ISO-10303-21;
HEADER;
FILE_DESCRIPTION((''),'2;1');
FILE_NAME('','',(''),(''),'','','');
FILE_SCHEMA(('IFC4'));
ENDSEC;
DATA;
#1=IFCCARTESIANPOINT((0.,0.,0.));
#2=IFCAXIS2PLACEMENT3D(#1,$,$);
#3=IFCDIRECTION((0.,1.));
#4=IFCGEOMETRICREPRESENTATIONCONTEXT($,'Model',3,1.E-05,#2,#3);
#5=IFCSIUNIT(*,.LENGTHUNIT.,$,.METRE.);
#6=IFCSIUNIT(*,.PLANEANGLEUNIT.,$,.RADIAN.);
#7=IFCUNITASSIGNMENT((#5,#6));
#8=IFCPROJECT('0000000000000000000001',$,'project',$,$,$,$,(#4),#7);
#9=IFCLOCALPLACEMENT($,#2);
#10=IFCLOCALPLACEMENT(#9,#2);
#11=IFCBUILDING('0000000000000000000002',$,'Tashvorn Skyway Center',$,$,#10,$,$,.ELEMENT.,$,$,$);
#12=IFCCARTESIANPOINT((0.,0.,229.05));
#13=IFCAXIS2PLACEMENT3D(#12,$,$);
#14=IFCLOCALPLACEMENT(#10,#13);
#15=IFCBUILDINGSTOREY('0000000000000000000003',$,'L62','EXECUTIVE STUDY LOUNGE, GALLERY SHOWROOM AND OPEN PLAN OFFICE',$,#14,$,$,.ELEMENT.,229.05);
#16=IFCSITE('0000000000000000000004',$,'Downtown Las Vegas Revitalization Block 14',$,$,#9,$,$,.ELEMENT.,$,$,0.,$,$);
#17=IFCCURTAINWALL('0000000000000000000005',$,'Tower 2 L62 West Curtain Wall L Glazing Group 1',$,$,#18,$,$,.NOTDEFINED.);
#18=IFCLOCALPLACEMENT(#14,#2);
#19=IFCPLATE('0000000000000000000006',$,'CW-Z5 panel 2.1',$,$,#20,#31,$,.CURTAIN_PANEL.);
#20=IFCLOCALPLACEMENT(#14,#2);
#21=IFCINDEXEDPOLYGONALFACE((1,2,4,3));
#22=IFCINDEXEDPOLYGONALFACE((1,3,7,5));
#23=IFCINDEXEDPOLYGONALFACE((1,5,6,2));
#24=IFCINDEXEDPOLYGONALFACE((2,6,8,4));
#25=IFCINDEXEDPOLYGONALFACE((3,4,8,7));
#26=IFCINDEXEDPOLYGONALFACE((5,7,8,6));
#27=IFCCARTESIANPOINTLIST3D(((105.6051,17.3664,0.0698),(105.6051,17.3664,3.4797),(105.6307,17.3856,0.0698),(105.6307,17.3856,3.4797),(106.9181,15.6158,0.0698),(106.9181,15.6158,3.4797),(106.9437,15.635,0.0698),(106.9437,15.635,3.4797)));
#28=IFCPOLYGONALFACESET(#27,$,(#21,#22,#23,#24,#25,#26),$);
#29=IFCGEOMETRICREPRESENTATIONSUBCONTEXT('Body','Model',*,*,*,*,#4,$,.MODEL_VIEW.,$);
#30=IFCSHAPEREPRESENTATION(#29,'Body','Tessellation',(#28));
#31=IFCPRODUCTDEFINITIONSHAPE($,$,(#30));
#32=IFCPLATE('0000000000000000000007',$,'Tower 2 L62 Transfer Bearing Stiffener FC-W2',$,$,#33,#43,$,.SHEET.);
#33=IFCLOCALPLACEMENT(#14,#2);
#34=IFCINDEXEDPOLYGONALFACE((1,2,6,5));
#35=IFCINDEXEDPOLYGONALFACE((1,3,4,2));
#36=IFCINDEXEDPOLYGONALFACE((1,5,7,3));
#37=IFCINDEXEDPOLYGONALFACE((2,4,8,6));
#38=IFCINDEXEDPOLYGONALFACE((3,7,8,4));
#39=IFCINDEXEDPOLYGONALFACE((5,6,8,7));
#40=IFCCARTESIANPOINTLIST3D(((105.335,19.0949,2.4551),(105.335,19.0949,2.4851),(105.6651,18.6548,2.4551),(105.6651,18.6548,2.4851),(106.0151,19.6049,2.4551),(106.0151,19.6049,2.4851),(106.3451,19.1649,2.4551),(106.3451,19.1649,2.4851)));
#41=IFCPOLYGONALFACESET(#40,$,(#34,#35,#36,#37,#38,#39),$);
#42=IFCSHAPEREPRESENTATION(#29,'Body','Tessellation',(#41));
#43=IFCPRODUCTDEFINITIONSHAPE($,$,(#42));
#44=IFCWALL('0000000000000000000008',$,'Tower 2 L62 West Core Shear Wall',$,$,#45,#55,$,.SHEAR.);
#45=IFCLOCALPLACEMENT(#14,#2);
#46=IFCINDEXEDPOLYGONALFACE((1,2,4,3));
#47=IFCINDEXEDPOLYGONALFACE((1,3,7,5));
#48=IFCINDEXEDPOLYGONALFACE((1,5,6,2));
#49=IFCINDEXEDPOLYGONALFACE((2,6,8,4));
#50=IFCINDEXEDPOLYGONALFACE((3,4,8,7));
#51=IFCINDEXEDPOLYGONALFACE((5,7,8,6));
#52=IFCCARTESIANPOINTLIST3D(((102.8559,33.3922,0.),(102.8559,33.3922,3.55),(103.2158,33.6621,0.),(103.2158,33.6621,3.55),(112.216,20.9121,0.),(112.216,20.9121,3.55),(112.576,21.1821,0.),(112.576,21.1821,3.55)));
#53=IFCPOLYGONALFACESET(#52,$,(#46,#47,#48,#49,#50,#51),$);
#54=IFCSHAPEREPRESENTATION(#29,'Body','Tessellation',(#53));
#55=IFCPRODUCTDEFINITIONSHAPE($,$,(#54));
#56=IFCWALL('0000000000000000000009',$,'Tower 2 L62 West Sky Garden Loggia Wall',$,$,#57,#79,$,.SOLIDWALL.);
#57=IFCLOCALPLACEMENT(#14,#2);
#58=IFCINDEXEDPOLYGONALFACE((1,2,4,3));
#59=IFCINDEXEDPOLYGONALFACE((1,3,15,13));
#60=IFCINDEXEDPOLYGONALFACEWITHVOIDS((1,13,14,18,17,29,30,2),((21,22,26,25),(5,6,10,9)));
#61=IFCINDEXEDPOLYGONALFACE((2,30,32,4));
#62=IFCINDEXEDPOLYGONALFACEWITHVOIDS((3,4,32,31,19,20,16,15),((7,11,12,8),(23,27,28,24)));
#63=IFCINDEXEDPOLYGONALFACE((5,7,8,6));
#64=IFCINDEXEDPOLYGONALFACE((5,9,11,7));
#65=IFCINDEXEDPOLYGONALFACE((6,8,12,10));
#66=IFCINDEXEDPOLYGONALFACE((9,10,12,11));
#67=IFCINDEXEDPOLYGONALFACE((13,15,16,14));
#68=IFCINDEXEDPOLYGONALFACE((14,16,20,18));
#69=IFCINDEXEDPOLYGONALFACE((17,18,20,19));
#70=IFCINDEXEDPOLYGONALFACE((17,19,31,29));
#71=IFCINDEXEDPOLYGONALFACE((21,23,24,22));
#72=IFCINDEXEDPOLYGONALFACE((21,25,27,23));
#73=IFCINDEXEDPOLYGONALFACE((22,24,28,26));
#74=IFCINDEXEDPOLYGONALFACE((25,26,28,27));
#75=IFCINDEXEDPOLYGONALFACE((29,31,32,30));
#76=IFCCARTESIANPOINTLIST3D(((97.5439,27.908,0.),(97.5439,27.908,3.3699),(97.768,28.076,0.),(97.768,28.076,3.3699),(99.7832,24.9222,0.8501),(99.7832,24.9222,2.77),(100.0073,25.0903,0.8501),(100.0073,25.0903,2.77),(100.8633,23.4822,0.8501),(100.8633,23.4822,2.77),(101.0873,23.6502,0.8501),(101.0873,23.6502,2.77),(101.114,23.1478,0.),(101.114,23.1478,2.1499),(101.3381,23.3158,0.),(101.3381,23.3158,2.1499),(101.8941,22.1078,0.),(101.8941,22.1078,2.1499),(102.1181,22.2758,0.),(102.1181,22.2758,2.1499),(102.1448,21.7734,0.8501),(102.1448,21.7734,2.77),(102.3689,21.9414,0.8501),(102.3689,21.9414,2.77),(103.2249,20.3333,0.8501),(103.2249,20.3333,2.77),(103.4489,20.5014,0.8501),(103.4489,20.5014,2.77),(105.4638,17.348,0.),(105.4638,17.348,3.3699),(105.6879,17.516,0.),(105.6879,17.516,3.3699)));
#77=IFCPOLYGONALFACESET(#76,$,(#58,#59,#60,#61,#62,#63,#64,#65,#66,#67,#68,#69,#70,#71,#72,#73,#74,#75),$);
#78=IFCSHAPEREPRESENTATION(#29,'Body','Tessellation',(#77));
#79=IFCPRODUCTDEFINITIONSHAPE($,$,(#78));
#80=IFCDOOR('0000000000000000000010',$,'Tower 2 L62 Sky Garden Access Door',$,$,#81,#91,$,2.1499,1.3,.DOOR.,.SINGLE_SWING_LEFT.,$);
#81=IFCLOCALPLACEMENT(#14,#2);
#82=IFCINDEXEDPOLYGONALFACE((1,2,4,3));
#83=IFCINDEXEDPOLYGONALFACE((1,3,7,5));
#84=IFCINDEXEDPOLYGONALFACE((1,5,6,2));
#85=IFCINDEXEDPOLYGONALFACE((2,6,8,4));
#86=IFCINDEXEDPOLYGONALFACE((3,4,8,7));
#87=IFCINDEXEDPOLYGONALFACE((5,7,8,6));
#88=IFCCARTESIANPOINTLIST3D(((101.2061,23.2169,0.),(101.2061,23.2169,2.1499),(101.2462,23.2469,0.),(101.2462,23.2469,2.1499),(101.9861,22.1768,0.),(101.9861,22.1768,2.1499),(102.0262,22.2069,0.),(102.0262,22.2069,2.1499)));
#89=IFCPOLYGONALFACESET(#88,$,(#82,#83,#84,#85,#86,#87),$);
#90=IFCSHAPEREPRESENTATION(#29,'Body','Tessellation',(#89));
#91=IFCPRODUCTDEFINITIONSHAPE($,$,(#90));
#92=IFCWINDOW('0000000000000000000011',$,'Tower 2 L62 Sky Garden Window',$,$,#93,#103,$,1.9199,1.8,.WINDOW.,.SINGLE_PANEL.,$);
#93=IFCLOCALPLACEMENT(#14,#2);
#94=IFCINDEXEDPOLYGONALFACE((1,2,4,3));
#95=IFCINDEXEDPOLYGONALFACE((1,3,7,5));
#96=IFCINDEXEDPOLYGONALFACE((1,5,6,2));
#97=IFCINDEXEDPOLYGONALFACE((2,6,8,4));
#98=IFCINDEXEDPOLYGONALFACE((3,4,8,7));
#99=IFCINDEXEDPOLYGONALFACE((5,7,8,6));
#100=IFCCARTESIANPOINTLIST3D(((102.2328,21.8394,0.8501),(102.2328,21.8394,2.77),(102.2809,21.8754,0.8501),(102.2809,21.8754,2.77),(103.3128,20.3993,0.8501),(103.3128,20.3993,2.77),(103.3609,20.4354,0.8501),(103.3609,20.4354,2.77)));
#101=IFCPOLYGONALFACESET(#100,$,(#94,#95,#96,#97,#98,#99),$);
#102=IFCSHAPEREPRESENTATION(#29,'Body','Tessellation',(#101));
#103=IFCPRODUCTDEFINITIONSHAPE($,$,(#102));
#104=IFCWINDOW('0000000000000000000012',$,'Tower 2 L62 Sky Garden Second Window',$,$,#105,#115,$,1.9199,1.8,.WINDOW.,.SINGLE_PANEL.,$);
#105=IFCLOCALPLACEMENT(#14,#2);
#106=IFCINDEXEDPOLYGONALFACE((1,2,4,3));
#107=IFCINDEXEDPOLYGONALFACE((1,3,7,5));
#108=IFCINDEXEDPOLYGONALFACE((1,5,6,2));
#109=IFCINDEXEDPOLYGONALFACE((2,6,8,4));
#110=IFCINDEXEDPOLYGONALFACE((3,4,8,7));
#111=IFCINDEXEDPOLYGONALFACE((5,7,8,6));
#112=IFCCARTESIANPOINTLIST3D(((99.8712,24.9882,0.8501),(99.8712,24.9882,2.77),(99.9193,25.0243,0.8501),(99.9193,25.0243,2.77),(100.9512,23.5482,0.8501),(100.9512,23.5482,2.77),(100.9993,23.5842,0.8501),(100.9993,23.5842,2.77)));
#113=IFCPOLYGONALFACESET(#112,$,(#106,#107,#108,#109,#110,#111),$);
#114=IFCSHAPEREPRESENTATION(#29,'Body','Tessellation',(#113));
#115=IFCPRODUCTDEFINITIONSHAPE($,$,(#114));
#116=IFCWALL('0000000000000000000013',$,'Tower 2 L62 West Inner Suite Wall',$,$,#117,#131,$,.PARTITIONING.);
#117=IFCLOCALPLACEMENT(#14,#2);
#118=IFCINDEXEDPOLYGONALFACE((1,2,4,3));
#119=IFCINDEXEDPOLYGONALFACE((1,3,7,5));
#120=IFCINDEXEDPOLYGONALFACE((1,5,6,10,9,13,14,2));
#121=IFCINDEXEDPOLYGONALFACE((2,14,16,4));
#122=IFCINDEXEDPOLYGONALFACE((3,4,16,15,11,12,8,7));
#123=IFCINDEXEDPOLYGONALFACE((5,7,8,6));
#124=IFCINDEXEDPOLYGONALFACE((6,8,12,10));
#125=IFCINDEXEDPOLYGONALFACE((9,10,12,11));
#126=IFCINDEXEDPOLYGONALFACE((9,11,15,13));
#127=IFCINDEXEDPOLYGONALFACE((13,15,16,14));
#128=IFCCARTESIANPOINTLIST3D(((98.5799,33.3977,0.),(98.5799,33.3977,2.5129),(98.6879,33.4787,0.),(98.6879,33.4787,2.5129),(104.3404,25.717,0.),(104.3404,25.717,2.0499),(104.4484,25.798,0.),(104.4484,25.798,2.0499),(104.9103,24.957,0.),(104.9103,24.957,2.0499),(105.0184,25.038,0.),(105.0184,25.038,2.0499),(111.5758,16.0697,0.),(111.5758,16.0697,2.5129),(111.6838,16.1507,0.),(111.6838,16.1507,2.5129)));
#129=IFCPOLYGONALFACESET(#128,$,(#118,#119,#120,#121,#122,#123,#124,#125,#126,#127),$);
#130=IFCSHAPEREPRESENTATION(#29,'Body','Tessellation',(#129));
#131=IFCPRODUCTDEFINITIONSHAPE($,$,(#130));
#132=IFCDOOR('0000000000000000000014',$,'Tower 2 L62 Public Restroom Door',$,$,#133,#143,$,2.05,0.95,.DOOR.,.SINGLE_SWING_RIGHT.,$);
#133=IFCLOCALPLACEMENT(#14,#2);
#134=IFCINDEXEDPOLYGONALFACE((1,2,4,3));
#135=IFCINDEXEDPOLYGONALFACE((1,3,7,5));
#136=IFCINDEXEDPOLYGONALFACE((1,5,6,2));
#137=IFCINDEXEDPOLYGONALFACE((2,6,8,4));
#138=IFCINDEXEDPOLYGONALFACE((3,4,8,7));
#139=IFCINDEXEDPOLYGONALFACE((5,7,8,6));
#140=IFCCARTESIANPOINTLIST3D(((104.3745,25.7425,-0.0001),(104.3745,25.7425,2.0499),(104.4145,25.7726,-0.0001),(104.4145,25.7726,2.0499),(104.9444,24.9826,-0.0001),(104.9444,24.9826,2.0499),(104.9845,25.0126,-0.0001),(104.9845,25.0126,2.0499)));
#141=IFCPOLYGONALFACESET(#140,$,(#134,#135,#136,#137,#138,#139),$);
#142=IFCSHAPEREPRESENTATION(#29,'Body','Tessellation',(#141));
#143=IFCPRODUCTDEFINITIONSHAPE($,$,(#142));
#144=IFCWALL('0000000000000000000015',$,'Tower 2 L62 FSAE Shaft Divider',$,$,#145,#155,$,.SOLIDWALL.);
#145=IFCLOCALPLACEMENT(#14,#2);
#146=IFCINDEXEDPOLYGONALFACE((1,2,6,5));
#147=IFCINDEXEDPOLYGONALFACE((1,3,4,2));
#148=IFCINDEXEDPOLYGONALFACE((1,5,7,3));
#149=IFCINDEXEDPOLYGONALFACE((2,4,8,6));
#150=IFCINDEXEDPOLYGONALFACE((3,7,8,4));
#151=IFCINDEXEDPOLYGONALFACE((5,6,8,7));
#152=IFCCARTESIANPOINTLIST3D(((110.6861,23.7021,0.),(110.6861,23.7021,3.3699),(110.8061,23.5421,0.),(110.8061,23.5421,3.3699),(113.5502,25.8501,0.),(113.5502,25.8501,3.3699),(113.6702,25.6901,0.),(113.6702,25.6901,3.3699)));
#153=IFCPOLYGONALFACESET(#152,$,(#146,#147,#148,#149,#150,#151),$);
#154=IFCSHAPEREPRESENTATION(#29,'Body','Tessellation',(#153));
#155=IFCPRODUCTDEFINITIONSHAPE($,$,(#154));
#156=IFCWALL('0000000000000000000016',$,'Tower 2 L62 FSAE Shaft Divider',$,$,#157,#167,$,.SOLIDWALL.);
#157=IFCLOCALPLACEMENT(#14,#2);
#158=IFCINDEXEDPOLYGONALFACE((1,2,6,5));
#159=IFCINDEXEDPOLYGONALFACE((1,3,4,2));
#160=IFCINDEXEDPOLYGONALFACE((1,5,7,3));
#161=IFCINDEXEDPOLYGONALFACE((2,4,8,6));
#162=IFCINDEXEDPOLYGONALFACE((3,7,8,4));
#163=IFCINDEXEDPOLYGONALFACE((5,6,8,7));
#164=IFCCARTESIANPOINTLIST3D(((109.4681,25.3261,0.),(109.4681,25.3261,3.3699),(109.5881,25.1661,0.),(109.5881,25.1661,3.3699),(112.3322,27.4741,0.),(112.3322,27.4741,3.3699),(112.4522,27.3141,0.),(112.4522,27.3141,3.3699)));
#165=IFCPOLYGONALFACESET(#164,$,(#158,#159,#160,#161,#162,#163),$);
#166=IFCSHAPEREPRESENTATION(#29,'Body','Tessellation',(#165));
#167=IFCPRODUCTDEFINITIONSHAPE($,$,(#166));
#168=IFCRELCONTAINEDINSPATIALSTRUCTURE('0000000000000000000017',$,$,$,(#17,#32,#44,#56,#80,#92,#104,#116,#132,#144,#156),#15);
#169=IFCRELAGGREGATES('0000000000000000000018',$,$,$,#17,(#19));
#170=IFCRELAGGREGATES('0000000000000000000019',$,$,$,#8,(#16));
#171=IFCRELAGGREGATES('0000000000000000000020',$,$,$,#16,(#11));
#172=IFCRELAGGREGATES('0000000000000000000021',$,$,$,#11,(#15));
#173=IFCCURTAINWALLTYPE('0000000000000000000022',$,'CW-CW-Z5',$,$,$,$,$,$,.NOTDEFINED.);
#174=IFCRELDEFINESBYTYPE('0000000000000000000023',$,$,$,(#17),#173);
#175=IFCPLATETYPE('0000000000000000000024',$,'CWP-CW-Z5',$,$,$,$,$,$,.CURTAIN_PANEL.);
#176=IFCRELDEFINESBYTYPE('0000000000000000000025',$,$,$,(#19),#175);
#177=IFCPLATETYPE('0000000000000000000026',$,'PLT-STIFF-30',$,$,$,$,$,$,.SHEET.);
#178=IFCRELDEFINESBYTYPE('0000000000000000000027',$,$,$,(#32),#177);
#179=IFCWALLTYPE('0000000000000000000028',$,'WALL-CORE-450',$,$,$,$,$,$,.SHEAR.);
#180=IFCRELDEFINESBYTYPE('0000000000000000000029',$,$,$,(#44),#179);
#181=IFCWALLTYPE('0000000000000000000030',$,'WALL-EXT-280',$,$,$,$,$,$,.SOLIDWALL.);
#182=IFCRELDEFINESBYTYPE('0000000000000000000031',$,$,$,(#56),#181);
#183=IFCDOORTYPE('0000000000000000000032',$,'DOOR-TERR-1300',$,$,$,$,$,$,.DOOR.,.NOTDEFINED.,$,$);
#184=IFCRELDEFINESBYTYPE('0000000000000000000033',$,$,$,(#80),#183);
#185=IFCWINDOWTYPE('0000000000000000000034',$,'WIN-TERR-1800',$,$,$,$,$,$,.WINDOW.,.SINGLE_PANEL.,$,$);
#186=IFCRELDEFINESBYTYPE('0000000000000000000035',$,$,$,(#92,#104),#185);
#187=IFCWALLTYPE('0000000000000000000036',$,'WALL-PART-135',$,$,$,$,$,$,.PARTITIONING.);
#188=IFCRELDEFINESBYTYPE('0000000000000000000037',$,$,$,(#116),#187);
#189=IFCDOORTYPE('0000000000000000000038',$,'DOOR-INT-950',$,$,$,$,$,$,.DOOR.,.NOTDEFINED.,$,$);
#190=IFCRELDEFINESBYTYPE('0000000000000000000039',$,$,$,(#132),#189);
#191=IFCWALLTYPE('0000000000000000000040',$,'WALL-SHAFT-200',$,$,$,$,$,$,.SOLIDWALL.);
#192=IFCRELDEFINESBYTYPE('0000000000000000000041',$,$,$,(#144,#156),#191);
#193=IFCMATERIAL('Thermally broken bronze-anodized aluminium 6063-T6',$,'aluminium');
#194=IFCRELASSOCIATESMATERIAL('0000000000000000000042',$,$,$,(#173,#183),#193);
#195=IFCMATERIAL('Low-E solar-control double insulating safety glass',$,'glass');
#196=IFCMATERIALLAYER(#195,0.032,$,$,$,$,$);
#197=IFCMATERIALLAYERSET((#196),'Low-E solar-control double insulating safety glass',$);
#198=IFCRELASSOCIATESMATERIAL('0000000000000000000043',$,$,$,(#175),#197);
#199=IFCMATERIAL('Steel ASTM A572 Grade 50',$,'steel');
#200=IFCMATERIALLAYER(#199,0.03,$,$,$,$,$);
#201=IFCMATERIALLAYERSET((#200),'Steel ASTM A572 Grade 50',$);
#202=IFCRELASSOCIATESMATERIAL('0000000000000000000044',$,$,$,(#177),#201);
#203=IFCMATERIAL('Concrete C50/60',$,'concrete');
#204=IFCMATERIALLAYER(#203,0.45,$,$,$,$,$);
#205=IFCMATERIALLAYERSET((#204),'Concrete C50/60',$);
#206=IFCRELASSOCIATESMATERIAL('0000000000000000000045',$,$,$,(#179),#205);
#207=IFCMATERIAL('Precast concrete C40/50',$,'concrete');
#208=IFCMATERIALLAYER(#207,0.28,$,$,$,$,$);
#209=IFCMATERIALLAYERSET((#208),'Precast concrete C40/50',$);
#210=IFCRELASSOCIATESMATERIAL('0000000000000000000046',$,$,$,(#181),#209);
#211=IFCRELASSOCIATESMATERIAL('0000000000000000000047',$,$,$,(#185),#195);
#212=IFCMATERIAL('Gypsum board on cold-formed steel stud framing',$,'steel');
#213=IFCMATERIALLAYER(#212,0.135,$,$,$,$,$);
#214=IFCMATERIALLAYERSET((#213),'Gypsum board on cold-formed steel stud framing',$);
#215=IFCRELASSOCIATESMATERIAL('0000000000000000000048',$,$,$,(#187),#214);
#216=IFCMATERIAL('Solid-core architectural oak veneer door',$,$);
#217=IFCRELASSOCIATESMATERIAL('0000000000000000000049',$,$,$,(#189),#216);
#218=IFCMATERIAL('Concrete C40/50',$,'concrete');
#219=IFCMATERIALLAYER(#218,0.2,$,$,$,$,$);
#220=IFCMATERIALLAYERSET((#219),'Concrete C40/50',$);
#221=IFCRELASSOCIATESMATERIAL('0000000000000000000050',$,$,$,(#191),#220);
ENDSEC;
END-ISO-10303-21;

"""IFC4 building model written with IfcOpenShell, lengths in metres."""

from ifc_helpers import new_model, si_unit, direction, frame, frame_2d, origin, origin_2d, place, context, subcontext, project, spatial, rectangle, extrude, material, layer, layer_set, type_object, element, fill, aggregate, save


model = new_model("IFC4")

# Units and contexts
model_context = context("Model", 3, precision=1e-05, world=origin(), true_north=direction((0.0, 1.0)))
body_context = subcontext(model_context, "Body", "Model", "MODEL_VIEW")
ifc_project = project(units=[si_unit("LENGTHUNIT", "METRE"), si_unit("PLANEANGLEUNIT", "RADIAN")], contexts=[model_context])

# Site, building, storey
site_placement = place(None, origin())
site = spatial("IfcSite", under=ifc_project, at=site_placement, Name="Downtown Las Vegas Revitalization Block 14", CompositionType="ELEMENT", RefElevation=0.0)
building_placement = place(site_placement, origin())
building = spatial("IfcBuilding", under=site, at=building_placement, Name="Tashvorn Skyway Center", CompositionType="ELEMENT")
storey_placement = place(building_placement, frame((0.0, 0.0, 229.05)))
storey = spatial("IfcBuildingStorey", under=building, at=storey_placement, Name="L62", Description="EXECUTIVE STUDY LOUNGE, GALLERY SHOWROOM AND OPEN PLAN OFFICE", CompositionType="ELEMENT", Elevation=229.05)

# Shared definitions
ifc_material_1 = material(Name="Steel ASTM A572 Grade 50", Category="steel")

# Curtain wall, plate
ifc_material_2 = material(Name="Thermally broken bronze-anodized aluminium 6063-T6", Category="aluminium")
curtain_wall_type = type_object("IfcCurtainWallType", Name="CW-CW-Z5", PredefinedType="NOTDEFINED", material=ifc_material_2)
curtain_wall_placement = place(storey_placement, origin())
curtain_wall = element("IfcCurtainWall", 1, at=curtain_wall_placement, inside=storey, type_object=curtain_wall_type, Name="Tower 2 L62 West Curtain Wall L Glazing Group 1", PredefinedType="NOTDEFINED")
ifc_material_3 = material(Name="Low-E solar-control double insulating safety glass", Category="glass")
ifc_layer_1 = layer(ifc_material_3, 0.032)
ifc_layer_set_1 = layer_set([ifc_layer_1], Name="Low-E solar-control double insulating safety glass")
plate_type_1 = type_object("IfcPlateType", Name="CWP-CW-Z5", PredefinedType="CURTAIN_PANEL", material=ifc_layer_set_1)
plate_1_placement = place(storey_placement, frame((106.2744, 16.5007, 0.0698), z_axis=(0.0, 0.0, 1.0), x_axis=(-0.600003, 0.799997, 0.0)))
plate_1 = element("IfcPlate", 2, at=plate_1_placement, type_object=plate_type_1, Name="CW-Z5 panel 2.1", PredefinedType="CURTAIN_PANEL", context=body_context, shape_type="SweptSolid", body=[
    extrude(rectangle(XDim=2.1882, YDim=0.032, at=origin_2d()), origin(), (0.0, 0.0, 1.0), 3.4099),
])
aggregate(curtain_wall, [plate_1])

# Plate
ifc_layer_2 = layer(ifc_material_1, 0.03)
ifc_layer_set_2 = layer_set([ifc_layer_2], Name="Steel ASTM A572 Grade 50")
plate_type_2 = type_object("IfcPlateType", Name="PLT-STIFF-30", PredefinedType="SHEET", material=ifc_layer_set_2)
plate_2_placement = place(storey_placement, frame((105.8401, 19.1299, 2.4551), z_axis=(0.0, 0.0, 1.0), x_axis=(0.8, 0.6, 0.0)))
element("IfcPlate", 3, at=plate_2_placement, inside=storey, type_object=plate_type_2, Name="Tower 2 L62 Transfer Bearing Stiffener FC-W2", PredefinedType="SHEET", context=body_context, shape_type="SweptSolid", body=[
    extrude(rectangle(XDim=0.8501, YDim=0.55, at=origin_2d()), origin(), (0.0, 0.0, 1.0), 0.03),
])

# Wall
ifc_material_4 = material(Name="Concrete C50/60", Category="concrete")
ifc_layer_3 = layer(ifc_material_4, 0.45)
ifc_layer_set_3 = layer_set([ifc_layer_3], Name="Concrete C50/60")
wall_type_1 = type_object("IfcWallType", Name="WALL-CORE-450", PredefinedType="SHEAR", material=ifc_layer_set_3)
wall_1_placement = place(storey_placement, frame((112.396, 21.0471, 0.0), z_axis=(0.0, 0.0, 1.0), x_axis=(-0.600005, 0.799996, 0.0)))
element("IfcWall", 4, at=wall_1_placement, inside=storey, type_object=wall_type_1, Name="Tower 2 L62 West Core Shear Wall", PredefinedType="SHEAR", context=body_context, shape_type="SweptSolid", body=[
    extrude(rectangle(XDim=15.6001, YDim=0.45, at=frame_2d((7.8, 0.0))), origin(), (0.0, 0.0, 1.0), 3.55),
])

# Wall, openings, door, windows
ifc_material_5 = material(Name="Precast concrete C40/50", Category="concrete")
ifc_layer_4 = layer(ifc_material_5, 0.28)
ifc_layer_set_4 = layer_set([ifc_layer_4], Name="Precast concrete C40/50")
wall_type_2 = type_object("IfcWallType", Name="WALL-EXT-280", PredefinedType="SOLIDWALL", material=ifc_layer_set_4)
wall_2_placement = place(storey_placement, frame((105.5759, 17.4319, 0.0), z_axis=(0.0, 0.0, 1.0), x_axis=(-0.599994, 0.800004, 0.0)))
wall_2 = element("IfcWall", 5, at=wall_2_placement, inside=storey, type_object=wall_type_2, Name="Tower 2 L62 West Sky Garden Loggia Wall", PredefinedType="SOLIDWALL", context=body_context, shape_type="SweptSolid", body=[
    extrude(rectangle(XDim=13.2, YDim=0.28, at=frame_2d((6.6001, 0.0))), origin(), (0.0, 0.0, 1.0), 3.3699),
])
opening_1_placement = place(wall_2_placement, frame((5.95, 0.0, 0.0)))
opening_1 = element("IfcOpeningElement", 6, at=opening_1_placement, cuts=wall_2, PredefinedType="OPENING", context=body_context, shape_type="SweptSolid", body=[
    extrude(rectangle(XDim=1.3, YDim=2.1499, at=frame_2d((0.6499, 1.075))), frame((0.0, 0.1499, 0.0), z_axis=(0.0, -1.0, 0.0), x_axis=(1.0, 0.0, 0.0)), (0.0, 0.0, 1.0), 0.3),
])
opening_2_placement = place(wall_2_placement, frame((3.7319, 0.0, 0.8501)))
opening_2 = element("IfcOpeningElement", 7, at=opening_2_placement, cuts=wall_2, PredefinedType="OPENING", context=body_context, shape_type="SweptSolid", body=[
    extrude(rectangle(XDim=1.8, YDim=1.9199, at=frame_2d((0.8999, 0.96))), frame((0.0, 0.1499, 0.0), z_axis=(0.0, -1.0, 0.0), x_axis=(1.0, 0.0, 0.0)), (0.0, 0.0, 1.0), 0.3),
])
opening_3_placement = place(wall_2_placement, frame((7.668, 0.0, 0.8501)))
opening_3 = element("IfcOpeningElement", 8, at=opening_3_placement, cuts=wall_2, PredefinedType="OPENING", context=body_context, shape_type="SweptSolid", body=[
    extrude(rectangle(XDim=1.8, YDim=1.9199, at=frame_2d((0.8999, 0.96))), frame((0.0, 0.1499, 0.0), z_axis=(0.0, -1.0, 0.0), x_axis=(1.0, 0.0, 0.0)), (0.0, 0.0, 1.0), 0.3),
])
door_type_1 = type_object("IfcDoorType", Name="DOOR-TERR-1300", OperationType="NOTDEFINED", PredefinedType="DOOR", material=ifc_material_2)
door_1_placement = place(opening_1_placement, origin())
door_1 = element("IfcDoor", 9, at=door_1_placement, inside=storey, type_object=door_type_1, Name="Tower 2 L62 Sky Garden Access Door", OperationType="SINGLE_SWING_LEFT", OverallHeight=2.1499, OverallWidth=1.3, PredefinedType="DOOR", context=body_context, shape_type="SweptSolid", body=[
    extrude(rectangle(XDim=1.3, YDim=2.1499, at=frame_2d((0.6499, 1.075))), frame((0.0, 0.0249, 0.0), z_axis=(0.0, -1.0, 0.0), x_axis=(1.0, 0.0, 0.0)), (0.0, 0.0, 1.0), 0.05),
])
fill(opening_1, door_1)
window_type = type_object("IfcWindowType", Name="WIN-TERR-1800", PartitioningType="SINGLE_PANEL", PredefinedType="WINDOW", material=ifc_material_3)
window_1_placement = place(opening_2_placement, origin())
window_1 = element("IfcWindow", 10, at=window_1_placement, inside=storey, type_object=window_type, Name="Tower 2 L62 Sky Garden Window", OverallHeight=1.9199, OverallWidth=1.8, PartitioningType="SINGLE_PANEL", PredefinedType="WINDOW", context=body_context, shape_type="SweptSolid", body=[
    extrude(rectangle(XDim=1.8, YDim=1.9199, at=frame_2d((0.8999, 0.96))), frame((0.0, 0.03, 0.0), z_axis=(0.0, -1.0, 0.0), x_axis=(1.0, 0.0, 0.0)), (0.0, 0.0, 1.0), 0.0601),
])
fill(opening_2, window_1)
window_2_placement = place(opening_3_placement, origin())
window_2 = element("IfcWindow", 11, at=window_2_placement, inside=storey, type_object=window_type, Name="Tower 2 L62 Sky Garden Second Window", OverallHeight=1.9199, OverallWidth=1.8, PartitioningType="SINGLE_PANEL", PredefinedType="WINDOW", context=body_context, shape_type="SweptSolid", body=[
    extrude(rectangle(XDim=1.8, YDim=1.9199, at=frame_2d((0.8999, 0.96))), frame((0.0, 0.03, 0.0), z_axis=(0.0, -1.0, 0.0), x_axis=(1.0, 0.0, 0.0)), (0.0, 0.0, 1.0), 0.0601),
])
fill(opening_3, window_2)

# Wall, opening, door
ifc_material_6 = material(Name="Gypsum board on cold-formed steel stud framing", Category="steel")
ifc_layer_5 = layer(ifc_material_6, 0.135)
ifc_layer_set_5 = layer_set([ifc_layer_5], Name="Gypsum board on cold-formed steel stud framing")
wall_type_3 = type_object("IfcWallType", Name="WALL-PART-135", PredefinedType="PARTITIONING", material=ifc_layer_set_5)
wall_3_placement = place(storey_placement, frame((111.6299, 16.1101, 0.0), z_axis=(0.0, 0.0, 1.0), x_axis=(-0.599998, 0.800001, 0.0)))
wall_3 = element("IfcWall", 12, at=wall_3_placement, inside=storey, type_object=wall_type_3, Name="Tower 2 L62 West Inner Suite Wall", PredefinedType="PARTITIONING", context=body_context, shape_type="SweptSolid", body=[
    extrude(rectangle(XDim=21.6599, YDim=0.135, at=frame_2d((10.8301, 0.0))), origin(), (0.0, 0.0, 1.0), 2.5129),
])
opening_4_placement = place(wall_3_placement, frame((11.1091, 0.0, 0.0)))
opening_4 = element("IfcOpeningElement", 13, at=opening_4_placement, cuts=wall_3, PredefinedType="OPENING", context=body_context, shape_type="SweptSolid", body=[
    extrude(rectangle(XDim=0.95, YDim=2.05, at=frame_2d((0.4751, 1.0249))), frame((0.0, 0.0774, 0.0), z_axis=(0.0, -1.0, 0.0), x_axis=(1.0, 0.0, 0.0)), (0.0, 0.0, 1.0), 0.155),
])
ifc_material_7 = material(Name="Solid-core architectural oak veneer door")
door_type_2 = type_object("IfcDoorType", Name="DOOR-INT-950", OperationType="NOTDEFINED", PredefinedType="DOOR", material=ifc_material_7)
door_2_placement = place(opening_4_placement, origin())
door_2 = element("IfcDoor", 14, at=door_2_placement, inside=storey, type_object=door_type_2, Name="Tower 2 L62 Public Restroom Door", OperationType="SINGLE_SWING_RIGHT", OverallHeight=2.05, OverallWidth=0.95, PredefinedType="DOOR", context=body_context, shape_type="SweptSolid", body=[
    extrude(rectangle(XDim=0.95, YDim=2.05, at=frame_2d((0.4751, 1.0249))), frame((0.0, 0.0249, 0.0), z_axis=(0.0, -1.0, 0.0), x_axis=(1.0, 0.0, 0.0)), (0.0, 0.0, 1.0), 0.05),
])
fill(opening_4, door_2)

# Walls
ifc_material_8 = material(Name="Concrete C40/50", Category="concrete")
ifc_layer_6 = layer(ifc_material_8, 0.2)
ifc_layer_set_6 = layer_set([ifc_layer_6], Name="Concrete C40/50")
wall_type_4 = type_object("IfcWallType", Name="WALL-SHAFT-200", PredefinedType="SOLIDWALL", material=ifc_layer_set_6)
for number, where, z_axis, x_axis, name in (
    (15, (110.7461, 23.6221, 0.0), (0.0, 0.0, 1.0), (0.800008, 0.599989, 0.0), "Tower 2 L62 FSAE Shaft Divider"),
    (16, (109.5281, 25.2461, 0.0), (0.0, 0.0, 1.0), (0.800008, 0.599989, 0.0), "Tower 2 L62 FSAE Shaft Divider"),
):
    element("IfcWall", number, at=place(storey_placement, frame(where, z_axis=z_axis, x_axis=x_axis)), inside=storey, type_object=wall_type_4, Name=name, PredefinedType="SOLIDWALL", context=body_context, shape_type="SweptSolid", body=[
        extrude(rectangle(XDim=3.5801, YDim=0.2, at=frame_2d((1.79, 0.0))), origin(), (0.0, 0.0, 1.0), 3.3699),
    ])

save(model, "model.ifc")
